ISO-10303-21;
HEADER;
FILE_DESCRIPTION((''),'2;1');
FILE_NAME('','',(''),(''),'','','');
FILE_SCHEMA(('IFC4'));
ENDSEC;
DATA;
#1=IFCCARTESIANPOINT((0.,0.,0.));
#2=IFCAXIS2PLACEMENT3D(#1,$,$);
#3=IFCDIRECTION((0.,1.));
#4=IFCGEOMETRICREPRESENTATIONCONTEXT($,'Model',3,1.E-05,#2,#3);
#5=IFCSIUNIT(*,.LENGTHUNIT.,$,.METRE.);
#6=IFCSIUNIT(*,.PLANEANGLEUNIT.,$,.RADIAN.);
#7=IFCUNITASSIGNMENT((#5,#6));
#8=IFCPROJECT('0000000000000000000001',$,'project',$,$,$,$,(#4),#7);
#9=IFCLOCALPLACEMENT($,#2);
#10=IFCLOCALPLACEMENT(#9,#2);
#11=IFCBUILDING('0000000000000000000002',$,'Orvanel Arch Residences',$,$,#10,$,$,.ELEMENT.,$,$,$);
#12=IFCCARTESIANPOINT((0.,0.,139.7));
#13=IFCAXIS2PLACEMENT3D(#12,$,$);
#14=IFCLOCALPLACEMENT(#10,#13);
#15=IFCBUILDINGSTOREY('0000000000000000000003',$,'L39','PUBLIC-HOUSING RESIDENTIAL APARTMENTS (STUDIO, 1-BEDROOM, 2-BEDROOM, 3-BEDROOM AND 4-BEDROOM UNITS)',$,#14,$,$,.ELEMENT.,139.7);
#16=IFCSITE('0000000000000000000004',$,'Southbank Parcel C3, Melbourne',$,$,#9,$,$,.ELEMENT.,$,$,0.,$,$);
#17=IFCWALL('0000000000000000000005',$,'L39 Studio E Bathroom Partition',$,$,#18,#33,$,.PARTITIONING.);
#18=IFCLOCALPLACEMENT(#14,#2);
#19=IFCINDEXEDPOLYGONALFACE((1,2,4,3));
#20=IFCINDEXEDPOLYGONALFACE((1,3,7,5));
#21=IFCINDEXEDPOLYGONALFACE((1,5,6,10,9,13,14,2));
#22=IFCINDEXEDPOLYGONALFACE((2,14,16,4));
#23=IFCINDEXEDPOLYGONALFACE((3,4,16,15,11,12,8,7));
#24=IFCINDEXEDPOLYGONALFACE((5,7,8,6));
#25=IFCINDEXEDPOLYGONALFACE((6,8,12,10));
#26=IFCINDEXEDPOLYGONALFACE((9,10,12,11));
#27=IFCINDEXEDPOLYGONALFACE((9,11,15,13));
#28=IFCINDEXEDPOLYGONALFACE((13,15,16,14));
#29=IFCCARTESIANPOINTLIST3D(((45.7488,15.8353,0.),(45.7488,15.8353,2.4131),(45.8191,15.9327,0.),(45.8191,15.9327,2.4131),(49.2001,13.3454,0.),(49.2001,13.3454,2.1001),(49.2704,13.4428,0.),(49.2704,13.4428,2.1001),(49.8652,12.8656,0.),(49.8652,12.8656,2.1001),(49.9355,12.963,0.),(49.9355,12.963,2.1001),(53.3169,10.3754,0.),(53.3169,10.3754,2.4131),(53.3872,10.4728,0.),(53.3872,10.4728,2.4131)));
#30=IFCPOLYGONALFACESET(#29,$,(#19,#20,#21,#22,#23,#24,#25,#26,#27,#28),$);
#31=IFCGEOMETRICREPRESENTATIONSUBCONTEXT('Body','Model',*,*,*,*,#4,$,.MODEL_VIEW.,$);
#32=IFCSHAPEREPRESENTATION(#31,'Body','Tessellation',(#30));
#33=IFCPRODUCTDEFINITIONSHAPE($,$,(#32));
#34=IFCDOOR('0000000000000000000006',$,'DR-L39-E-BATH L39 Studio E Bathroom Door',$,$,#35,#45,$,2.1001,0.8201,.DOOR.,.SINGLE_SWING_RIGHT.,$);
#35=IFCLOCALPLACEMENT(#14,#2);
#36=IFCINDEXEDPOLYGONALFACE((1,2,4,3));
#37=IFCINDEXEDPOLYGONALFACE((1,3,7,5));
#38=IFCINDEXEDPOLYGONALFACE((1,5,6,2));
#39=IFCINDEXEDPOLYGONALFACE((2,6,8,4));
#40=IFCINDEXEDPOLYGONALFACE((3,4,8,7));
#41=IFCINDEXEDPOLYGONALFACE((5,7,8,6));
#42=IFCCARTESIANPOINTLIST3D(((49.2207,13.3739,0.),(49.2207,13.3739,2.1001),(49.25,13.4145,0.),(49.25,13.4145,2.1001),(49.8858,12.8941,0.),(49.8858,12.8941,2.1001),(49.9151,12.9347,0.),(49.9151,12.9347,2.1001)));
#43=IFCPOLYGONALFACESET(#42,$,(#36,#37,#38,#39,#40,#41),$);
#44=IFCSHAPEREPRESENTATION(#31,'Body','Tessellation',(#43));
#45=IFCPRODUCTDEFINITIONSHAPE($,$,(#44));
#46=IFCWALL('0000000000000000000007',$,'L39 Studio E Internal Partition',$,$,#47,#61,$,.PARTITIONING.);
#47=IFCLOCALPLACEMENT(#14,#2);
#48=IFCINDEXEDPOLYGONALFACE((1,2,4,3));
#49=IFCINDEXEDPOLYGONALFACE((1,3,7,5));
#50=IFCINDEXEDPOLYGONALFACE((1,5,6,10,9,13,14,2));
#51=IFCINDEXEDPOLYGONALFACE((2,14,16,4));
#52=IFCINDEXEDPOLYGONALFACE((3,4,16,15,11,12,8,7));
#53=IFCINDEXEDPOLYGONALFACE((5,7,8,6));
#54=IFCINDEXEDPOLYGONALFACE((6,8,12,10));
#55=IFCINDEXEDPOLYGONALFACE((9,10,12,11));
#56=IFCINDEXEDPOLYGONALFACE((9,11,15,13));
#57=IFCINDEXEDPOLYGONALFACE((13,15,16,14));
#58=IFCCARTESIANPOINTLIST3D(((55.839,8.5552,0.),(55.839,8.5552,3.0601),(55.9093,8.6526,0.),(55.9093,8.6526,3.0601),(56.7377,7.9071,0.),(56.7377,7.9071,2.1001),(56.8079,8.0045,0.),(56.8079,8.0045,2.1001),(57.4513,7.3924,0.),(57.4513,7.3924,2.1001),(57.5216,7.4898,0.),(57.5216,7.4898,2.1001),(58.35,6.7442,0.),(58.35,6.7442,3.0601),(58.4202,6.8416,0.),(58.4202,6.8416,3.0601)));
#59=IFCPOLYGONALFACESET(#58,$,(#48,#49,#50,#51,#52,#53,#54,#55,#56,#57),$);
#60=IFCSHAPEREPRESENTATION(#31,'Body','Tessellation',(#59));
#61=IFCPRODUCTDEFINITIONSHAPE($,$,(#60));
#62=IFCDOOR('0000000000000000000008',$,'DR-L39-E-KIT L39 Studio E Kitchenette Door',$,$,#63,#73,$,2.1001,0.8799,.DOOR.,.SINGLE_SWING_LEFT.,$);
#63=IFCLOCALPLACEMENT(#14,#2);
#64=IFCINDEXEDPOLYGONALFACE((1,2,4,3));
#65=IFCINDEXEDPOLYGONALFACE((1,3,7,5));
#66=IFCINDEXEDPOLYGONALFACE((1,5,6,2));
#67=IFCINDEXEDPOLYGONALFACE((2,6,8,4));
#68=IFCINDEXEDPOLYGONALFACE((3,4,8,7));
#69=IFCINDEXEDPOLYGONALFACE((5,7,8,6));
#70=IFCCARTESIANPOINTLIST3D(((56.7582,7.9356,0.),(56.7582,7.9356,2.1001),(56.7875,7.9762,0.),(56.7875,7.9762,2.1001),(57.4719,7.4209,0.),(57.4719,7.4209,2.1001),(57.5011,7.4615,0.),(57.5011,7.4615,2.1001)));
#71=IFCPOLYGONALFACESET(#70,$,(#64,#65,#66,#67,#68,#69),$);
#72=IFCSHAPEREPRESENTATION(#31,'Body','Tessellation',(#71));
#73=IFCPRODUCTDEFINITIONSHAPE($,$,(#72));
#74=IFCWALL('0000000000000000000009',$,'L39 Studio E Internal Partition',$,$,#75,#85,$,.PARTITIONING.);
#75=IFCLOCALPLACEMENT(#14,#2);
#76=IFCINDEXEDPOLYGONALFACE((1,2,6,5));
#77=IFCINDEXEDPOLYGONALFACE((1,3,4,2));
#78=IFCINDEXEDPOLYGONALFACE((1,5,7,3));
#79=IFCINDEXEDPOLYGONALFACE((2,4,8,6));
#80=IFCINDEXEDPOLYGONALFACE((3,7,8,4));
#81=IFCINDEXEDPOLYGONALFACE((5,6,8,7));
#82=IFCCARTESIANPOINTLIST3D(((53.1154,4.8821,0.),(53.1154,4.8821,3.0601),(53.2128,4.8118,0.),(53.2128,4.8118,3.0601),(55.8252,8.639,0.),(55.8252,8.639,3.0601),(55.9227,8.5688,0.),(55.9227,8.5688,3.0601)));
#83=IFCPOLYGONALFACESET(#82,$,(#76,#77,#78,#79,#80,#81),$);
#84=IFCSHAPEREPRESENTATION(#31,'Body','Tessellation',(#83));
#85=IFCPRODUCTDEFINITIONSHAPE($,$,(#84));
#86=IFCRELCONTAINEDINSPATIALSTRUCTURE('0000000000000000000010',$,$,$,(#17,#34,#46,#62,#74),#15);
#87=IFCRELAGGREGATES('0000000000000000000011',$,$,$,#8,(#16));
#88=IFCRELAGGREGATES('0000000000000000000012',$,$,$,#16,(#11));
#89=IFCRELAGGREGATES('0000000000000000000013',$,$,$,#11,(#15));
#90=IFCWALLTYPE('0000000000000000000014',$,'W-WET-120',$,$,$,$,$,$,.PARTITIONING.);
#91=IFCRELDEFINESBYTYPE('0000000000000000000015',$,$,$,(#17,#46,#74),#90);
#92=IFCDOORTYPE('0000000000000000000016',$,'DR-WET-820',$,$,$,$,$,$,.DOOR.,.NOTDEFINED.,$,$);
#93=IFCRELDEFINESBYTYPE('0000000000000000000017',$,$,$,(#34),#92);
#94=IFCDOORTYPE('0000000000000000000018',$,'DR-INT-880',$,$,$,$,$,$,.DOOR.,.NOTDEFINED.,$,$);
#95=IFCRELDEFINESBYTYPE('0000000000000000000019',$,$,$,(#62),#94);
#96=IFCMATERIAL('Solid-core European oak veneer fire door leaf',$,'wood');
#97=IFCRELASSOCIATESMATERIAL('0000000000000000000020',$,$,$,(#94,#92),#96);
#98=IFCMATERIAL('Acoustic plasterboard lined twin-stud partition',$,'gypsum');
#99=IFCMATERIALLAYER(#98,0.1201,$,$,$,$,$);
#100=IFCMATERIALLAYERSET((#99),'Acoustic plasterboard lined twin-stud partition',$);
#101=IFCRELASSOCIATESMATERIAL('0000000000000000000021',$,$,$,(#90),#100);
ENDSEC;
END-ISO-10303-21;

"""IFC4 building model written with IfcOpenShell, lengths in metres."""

from ifc_helpers import new_model, si_unit, direction, frame, frame_2d, origin, place, context, subcontext, project, spatial, rectangle, extrude, material, layer, layer_set, type_object, element, fill, save


model = new_model("IFC4")

# Units and contexts
model_context = context("Model", 3, precision=1e-05, world=origin(), true_north=direction((0.0, 1.0)))
body_context = subcontext(model_context, "Body", "Model", "MODEL_VIEW")
ifc_project = project(units=[si_unit("LENGTHUNIT", "METRE"), si_unit("PLANEANGLEUNIT", "RADIAN")], contexts=[model_context])

# Site, building, storey
site_placement = place(None, origin())
site = spatial("IfcSite", under=ifc_project, at=site_placement, Name="Southbank Parcel C3, Melbourne", CompositionType="ELEMENT", RefElevation=0.0)
building_placement = place(site_placement, origin())
building = spatial("IfcBuilding", under=site, at=building_placement, Name="Orvanel Arch Residences", CompositionType="ELEMENT")
storey_placement = place(building_placement, frame((0.0, 0.0, 139.7)))
storey = spatial("IfcBuildingStorey", under=building, at=storey_placement, Name="L39", Description="PUBLIC-HOUSING RESIDENTIAL APARTMENTS (STUDIO, 1-BEDROOM, 2-BEDROOM, 3-BEDROOM AND 4-BEDROOM UNITS)", CompositionType="ELEMENT", Elevation=139.7)

# Walls, openings, doors
ifc_material_1 = material(Name="Acoustic plasterboard lined twin-stud partition", Category="gypsum")
ifc_material_2 = material(Name="Solid-core European oak veneer fire door leaf", Category="wood")
door_type_1 = type_object("IfcDoorType", Name="DR-INT-880", OperationType="NOTDEFINED", PredefinedType="DOOR", material=ifc_material_2)
ifc_layer_1 = layer(ifc_material_1, 0.1201)
ifc_layer_set_1 = layer_set([ifc_layer_1], Name="Acoustic plasterboard lined twin-stud partition")
wall_type_1 = type_object("IfcWallType", Name="W-WET-120", PredefinedType="PARTITIONING", material=ifc_layer_set_1)
wall_1_placement = place(storey_placement, frame((53.3521, 10.4241, 0.0), z_axis=(0.0, 0.0, 1.0), x_axis=(-0.810979, 0.585075, 0.0)))
wall_1 = element("IfcWall", 1, at=wall_1_placement, inside=storey, type_object=wall_type_1, Name="L39 Studio E Bathroom Partition", PredefinedType="PARTITIONING", context=body_context, shape_type="SweptSolid", body=[
    extrude(rectangle(XDim=9.332, YDim=0.1201, at=frame_2d((4.666, 0.0))), origin(), (0.0, 0.0, 1.0), 2.4131),
])
opening_1_placement = place(wall_1_placement, frame((4.2561, 0.0, 0.0)))
opening_1 = element("IfcOpeningElement", 2, at=opening_1_placement, cuts=wall_1, PredefinedType="OPENING", context=body_context, shape_type="SweptSolid", body=[
    extrude(rectangle(XDim=0.8201, YDim=2.1001, at=frame_2d((0.4102, 1.05))), frame((0.0, 0.0701, 0.0), z_axis=(0.0, -1.0, 0.0), x_axis=(1.0, 0.0, 0.0)), (0.0, 0.0, 1.0), 0.1401),
])
door_type_2 = type_object("IfcDoorType", Name="DR-WET-820", OperationType="NOTDEFINED", PredefinedType="DOOR", material=ifc_material_2)
door_1_placement = place(opening_1_placement, origin())
door_1 = element("IfcDoor", 3, at=door_1_placement, inside=storey, type_object=door_type_2, Name="DR-L39-E-BATH L39 Studio E Bathroom Door", OperationType="SINGLE_SWING_RIGHT", OverallHeight=2.1001, OverallWidth=0.8201, PredefinedType="DOOR", context=body_context, shape_type="SweptSolid", body=[
    extrude(rectangle(XDim=0.8201, YDim=2.1001, at=frame_2d((0.4102, 1.05))), frame((0.0, 0.0249, 0.0), z_axis=(0.0, -1.0, 0.0), x_axis=(1.0, 0.0, 0.0)), (0.0, 0.0, 1.0), 0.05),
])
fill(opening_1, door_1)
wall_2_placement = place(storey_placement, frame((58.385, 6.793, 0.0), z_axis=(0.0, 0.0, 1.0), x_axis=(-0.811055, 0.584969, 0.0)))
wall_2 = element("IfcWall", 4, at=wall_2_placement, inside=storey, type_object=wall_type_1, Name="L39 Studio E Internal Partition", PredefinedType="PARTITIONING", context=body_context, shape_type="SweptSolid", body=[
    extrude(rectangle(XDim=3.0959, YDim=0.1201, at=frame_2d((1.5479, 0.0))), origin(), (0.0, 0.0, 1.0), 3.0601),
])
opening_2_placement = place(wall_2_placement, frame((1.1079, 0.0, 0.0)))
opening_2 = element("IfcOpeningElement", 5, at=opening_2_placement, cuts=wall_2, PredefinedType="OPENING", context=body_context, shape_type="SweptSolid", body=[
    extrude(rectangle(XDim=0.8799, YDim=2.1001, at=frame_2d((0.4399, 1.05))), frame((0.0, 0.0701, 0.0), z_axis=(0.0, -1.0, 0.0), x_axis=(1.0, 0.0, 0.0)), (0.0, 0.0, 1.0), 0.1401),
])
door_2_placement = place(opening_2_placement, origin())
door_2 = element("IfcDoor", 6, at=door_2_placement, inside=storey, type_object=door_type_1, Name="DR-L39-E-KIT L39 Studio E Kitchenette Door", OperationType="SINGLE_SWING_LEFT", OverallHeight=2.1001, OverallWidth=0.8799, PredefinedType="DOOR", context=body_context, shape_type="SweptSolid", body=[
    extrude(rectangle(XDim=0.8799, YDim=2.1001, at=frame_2d((0.4399, 1.05))), frame((0.0, 0.0249, 0.0), z_axis=(0.0, -1.0, 0.0), x_axis=(1.0, 0.0, 0.0)), (0.0, 0.0, 1.0), 0.05),
])
fill(opening_2, door_2)

# Wall
wall_3_placement = place(storey_placement, frame((53.1641, 4.8469, 0.0), z_axis=(0.0, 0.0, 1.0), x_axis=(0.584996, 0.811036, 0.0)))
element("IfcWall", 7, at=wall_3_placement, inside=storey, type_object=wall_type_1, Name="L39 Studio E Internal Partition", PredefinedType="PARTITIONING", context=body_context, shape_type="SweptSolid", body=[
    extrude(rectangle(XDim=4.6323, YDim=0.1201, at=frame_2d((2.3162, 0.0))), origin(), (0.0, 0.0, 1.0), 3.0601),
])

save(model, "model.ifc")
